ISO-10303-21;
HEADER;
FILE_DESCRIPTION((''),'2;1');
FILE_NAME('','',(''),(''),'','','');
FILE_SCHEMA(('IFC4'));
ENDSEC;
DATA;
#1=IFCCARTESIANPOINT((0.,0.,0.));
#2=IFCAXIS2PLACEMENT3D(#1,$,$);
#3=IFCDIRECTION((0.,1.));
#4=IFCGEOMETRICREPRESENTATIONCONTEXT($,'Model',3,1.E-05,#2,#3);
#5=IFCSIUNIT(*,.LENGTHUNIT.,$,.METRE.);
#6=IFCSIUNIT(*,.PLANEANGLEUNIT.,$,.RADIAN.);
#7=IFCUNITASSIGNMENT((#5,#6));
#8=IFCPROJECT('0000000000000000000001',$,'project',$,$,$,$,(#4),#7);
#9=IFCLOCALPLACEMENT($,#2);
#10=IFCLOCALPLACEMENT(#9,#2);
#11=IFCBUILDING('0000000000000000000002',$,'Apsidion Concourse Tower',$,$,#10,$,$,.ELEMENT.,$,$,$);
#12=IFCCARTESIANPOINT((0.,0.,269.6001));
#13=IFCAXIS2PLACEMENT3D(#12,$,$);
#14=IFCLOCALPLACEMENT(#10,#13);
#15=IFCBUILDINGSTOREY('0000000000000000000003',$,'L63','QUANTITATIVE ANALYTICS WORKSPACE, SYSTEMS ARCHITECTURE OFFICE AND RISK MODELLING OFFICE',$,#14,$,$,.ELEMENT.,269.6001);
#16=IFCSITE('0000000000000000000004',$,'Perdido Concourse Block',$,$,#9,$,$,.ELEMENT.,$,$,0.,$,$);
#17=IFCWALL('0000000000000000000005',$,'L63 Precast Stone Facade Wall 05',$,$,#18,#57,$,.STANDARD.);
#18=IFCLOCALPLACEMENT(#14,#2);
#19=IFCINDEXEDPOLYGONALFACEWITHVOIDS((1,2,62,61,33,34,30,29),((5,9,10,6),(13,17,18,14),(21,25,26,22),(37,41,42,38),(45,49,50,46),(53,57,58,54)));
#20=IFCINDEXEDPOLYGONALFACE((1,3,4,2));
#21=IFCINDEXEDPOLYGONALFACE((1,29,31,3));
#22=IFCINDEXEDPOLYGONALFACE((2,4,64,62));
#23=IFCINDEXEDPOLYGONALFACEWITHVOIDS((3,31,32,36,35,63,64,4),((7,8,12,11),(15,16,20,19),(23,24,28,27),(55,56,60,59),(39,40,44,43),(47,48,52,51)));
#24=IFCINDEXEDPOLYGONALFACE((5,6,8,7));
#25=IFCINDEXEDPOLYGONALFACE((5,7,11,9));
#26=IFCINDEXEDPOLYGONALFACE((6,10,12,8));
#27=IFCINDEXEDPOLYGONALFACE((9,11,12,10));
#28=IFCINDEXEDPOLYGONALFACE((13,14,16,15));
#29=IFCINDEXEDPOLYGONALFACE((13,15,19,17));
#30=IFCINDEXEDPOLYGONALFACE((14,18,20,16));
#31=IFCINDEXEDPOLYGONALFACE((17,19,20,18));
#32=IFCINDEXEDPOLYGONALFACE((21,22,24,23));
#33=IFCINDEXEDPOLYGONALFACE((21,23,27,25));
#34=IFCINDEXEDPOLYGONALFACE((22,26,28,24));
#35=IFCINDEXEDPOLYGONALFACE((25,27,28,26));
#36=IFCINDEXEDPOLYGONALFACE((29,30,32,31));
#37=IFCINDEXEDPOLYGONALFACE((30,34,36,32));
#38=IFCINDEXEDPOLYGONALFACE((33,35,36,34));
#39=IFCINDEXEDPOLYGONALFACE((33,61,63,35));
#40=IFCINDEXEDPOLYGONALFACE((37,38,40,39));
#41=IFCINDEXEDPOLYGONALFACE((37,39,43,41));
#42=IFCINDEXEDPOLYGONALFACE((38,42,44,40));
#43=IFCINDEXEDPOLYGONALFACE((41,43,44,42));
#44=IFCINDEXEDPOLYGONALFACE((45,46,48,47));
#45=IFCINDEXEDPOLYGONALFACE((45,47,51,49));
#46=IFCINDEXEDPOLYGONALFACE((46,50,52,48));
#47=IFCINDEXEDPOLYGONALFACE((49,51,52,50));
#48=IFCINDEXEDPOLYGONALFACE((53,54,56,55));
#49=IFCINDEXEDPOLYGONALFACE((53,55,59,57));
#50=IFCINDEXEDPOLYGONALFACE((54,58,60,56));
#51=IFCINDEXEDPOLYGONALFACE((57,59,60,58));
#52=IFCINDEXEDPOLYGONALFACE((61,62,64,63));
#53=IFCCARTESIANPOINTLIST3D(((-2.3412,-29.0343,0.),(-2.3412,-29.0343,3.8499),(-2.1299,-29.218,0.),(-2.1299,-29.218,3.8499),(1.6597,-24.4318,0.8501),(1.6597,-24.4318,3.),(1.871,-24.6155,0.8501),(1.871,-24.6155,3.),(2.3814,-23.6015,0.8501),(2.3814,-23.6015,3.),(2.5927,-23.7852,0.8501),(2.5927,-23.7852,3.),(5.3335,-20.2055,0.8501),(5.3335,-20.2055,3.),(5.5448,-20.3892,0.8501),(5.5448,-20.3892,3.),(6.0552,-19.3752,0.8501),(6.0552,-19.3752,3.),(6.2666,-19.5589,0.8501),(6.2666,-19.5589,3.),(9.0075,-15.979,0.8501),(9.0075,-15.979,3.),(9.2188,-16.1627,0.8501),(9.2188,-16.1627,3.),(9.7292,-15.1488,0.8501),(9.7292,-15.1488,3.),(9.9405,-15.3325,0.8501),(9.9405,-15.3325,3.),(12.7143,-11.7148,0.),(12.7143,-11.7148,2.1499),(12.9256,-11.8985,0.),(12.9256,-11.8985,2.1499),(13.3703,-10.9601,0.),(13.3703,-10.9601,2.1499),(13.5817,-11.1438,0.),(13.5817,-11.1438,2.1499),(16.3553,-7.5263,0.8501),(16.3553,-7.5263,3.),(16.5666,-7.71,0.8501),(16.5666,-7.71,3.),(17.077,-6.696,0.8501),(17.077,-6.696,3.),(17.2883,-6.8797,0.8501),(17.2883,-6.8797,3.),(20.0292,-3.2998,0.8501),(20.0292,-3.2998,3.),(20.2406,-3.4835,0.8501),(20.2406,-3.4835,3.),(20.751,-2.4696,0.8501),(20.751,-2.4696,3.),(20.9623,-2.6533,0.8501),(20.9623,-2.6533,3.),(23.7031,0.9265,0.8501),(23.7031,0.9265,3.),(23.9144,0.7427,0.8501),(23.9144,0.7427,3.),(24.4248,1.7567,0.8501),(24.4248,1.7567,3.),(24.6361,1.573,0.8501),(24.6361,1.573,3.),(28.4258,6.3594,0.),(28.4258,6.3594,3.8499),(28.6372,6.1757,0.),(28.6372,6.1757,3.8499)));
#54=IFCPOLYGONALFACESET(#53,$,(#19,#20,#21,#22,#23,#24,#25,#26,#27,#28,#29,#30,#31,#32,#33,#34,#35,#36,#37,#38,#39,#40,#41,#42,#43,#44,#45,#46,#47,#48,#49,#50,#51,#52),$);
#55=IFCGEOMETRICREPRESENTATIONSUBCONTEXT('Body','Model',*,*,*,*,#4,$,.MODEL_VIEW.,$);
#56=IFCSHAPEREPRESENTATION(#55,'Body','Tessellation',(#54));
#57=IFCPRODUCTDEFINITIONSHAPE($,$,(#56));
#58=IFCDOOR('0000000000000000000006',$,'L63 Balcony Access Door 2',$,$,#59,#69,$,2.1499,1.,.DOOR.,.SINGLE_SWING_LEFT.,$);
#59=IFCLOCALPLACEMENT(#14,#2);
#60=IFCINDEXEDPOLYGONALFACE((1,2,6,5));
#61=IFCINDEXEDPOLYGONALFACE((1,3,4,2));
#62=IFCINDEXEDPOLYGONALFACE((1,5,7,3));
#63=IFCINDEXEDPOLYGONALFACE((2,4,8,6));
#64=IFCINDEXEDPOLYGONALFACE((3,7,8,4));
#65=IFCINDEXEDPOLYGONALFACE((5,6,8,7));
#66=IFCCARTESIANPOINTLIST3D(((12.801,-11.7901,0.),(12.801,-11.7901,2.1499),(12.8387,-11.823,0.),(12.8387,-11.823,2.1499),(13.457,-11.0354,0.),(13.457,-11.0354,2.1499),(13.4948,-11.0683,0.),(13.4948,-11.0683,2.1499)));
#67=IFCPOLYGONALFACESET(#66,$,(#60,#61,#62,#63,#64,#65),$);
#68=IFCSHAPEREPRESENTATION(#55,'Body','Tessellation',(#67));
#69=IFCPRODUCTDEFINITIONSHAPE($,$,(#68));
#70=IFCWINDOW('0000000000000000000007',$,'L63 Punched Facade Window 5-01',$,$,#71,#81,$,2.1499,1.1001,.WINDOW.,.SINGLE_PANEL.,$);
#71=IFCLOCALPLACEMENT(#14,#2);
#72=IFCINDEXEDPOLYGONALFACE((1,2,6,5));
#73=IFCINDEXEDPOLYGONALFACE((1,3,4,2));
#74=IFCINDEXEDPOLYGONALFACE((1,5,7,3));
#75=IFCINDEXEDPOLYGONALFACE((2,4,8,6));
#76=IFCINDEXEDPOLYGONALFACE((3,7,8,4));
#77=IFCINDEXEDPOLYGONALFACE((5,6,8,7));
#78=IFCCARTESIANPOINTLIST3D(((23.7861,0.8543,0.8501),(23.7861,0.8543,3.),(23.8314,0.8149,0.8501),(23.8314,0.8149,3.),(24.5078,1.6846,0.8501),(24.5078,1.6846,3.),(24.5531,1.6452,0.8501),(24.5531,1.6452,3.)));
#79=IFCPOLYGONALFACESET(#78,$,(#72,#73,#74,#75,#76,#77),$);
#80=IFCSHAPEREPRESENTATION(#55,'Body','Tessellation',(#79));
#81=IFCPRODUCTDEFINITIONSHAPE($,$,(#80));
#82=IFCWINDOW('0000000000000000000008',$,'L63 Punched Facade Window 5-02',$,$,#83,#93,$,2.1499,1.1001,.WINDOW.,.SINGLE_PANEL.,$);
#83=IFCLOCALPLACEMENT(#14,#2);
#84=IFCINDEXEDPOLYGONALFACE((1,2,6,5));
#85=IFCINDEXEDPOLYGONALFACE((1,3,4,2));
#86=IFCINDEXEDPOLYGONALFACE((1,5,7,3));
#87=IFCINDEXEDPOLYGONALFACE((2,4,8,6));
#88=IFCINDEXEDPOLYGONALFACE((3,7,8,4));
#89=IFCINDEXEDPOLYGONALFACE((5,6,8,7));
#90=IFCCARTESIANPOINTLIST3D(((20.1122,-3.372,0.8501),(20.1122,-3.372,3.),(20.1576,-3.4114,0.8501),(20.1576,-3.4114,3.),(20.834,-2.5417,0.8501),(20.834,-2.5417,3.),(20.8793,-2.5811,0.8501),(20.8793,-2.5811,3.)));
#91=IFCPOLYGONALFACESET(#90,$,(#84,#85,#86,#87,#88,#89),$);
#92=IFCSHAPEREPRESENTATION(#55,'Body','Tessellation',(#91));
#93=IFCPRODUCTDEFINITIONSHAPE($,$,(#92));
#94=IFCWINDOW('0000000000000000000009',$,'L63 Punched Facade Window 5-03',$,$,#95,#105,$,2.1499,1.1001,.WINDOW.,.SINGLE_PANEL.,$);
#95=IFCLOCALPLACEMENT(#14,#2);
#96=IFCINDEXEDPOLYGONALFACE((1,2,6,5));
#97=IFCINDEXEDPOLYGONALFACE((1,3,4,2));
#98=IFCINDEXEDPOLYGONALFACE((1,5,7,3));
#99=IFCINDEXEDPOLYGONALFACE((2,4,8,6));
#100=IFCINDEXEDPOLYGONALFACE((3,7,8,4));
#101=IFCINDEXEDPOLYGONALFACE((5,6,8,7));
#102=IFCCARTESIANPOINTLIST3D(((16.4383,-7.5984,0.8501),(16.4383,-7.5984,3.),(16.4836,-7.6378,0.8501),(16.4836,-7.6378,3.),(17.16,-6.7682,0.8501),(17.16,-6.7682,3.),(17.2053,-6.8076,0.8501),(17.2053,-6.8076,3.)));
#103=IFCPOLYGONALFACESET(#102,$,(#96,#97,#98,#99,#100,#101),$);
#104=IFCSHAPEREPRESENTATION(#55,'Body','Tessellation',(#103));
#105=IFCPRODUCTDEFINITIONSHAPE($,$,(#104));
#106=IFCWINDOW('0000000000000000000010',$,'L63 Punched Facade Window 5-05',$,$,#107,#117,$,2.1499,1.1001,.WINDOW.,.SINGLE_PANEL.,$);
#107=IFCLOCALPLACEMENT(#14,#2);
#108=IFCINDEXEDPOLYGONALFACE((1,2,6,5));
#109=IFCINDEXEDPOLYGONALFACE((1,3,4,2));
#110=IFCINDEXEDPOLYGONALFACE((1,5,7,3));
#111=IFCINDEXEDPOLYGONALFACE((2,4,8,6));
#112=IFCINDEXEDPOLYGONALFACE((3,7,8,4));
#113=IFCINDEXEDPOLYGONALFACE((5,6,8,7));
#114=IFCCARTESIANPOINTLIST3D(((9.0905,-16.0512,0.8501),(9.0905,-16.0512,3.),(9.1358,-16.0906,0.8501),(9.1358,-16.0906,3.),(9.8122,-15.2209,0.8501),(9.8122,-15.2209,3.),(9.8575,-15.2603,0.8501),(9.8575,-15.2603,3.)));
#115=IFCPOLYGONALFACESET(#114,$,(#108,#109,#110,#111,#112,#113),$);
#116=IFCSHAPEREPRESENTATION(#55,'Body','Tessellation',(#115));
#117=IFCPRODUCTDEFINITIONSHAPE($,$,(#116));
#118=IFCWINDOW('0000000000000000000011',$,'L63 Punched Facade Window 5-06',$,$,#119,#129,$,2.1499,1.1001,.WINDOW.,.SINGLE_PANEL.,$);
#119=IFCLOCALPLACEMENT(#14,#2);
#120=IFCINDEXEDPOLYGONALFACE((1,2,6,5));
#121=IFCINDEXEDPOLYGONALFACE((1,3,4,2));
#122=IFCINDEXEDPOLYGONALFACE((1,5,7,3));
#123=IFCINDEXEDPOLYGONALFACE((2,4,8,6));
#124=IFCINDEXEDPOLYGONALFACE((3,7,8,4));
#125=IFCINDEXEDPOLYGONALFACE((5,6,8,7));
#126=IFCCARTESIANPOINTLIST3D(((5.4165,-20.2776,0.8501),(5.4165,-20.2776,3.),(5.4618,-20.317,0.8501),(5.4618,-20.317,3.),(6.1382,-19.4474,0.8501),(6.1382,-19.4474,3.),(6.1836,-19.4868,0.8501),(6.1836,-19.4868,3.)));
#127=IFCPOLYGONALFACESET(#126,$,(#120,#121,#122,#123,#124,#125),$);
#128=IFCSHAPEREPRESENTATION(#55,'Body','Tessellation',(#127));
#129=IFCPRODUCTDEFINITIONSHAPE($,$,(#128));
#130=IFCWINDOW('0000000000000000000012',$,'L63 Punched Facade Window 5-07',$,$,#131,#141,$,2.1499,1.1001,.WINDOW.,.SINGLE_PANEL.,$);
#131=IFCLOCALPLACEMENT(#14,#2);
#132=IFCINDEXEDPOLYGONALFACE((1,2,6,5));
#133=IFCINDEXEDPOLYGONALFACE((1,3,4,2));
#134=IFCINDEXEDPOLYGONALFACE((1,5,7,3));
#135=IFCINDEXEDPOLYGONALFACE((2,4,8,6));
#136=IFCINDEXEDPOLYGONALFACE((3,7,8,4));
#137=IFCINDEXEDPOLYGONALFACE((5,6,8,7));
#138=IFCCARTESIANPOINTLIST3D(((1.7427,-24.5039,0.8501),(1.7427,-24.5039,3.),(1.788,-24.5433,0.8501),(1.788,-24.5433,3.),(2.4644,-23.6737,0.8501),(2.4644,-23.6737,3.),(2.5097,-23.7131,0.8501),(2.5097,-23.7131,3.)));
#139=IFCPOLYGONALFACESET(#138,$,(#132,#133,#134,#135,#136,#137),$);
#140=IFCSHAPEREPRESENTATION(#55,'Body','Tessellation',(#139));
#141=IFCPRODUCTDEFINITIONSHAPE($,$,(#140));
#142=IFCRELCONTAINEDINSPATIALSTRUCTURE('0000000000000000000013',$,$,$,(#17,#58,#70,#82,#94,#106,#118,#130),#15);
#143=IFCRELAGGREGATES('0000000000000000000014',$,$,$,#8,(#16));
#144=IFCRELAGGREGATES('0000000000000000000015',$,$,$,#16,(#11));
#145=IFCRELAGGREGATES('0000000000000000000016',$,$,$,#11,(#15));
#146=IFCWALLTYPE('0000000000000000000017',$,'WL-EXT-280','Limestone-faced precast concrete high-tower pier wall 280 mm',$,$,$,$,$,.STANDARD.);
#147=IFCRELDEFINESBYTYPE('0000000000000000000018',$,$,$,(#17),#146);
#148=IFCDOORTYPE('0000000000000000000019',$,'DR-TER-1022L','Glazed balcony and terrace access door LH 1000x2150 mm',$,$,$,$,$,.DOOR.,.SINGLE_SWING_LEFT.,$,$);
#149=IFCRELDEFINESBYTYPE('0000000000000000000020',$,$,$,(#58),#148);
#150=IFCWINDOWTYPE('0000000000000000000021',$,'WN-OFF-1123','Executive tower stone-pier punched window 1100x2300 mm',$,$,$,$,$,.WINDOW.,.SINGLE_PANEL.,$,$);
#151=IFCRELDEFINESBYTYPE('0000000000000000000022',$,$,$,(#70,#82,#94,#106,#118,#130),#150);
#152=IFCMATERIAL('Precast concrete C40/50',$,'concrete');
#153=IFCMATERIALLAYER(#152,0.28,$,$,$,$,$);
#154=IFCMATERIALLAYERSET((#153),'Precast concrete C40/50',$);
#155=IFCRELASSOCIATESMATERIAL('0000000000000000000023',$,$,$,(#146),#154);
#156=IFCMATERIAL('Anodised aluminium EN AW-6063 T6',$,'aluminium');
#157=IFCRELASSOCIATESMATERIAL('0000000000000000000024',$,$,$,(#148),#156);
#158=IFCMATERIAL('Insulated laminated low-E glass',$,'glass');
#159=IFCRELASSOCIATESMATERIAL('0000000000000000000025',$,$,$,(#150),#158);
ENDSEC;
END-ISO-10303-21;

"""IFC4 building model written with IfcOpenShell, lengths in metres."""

from ifc_helpers import new_model, si_unit, direction, frame, frame_2d, origin, place, context, subcontext, project, spatial, rectangle, extrude, material, layer, layer_set, type_object, element, fill, save


model = new_model("IFC4")

# Units and contexts
model_context = context("Model", 3, precision=1e-05, world=origin(), true_north=direction((0.0, 1.0)))
body_context = subcontext(model_context, "Body", "Model", "MODEL_VIEW")
ifc_project = project(units=[si_unit("LENGTHUNIT", "METRE"), si_unit("PLANEANGLEUNIT", "RADIAN")], contexts=[model_context])

# Site, building, storey
site_placement = place(None, origin())
site = spatial("IfcSite", under=ifc_project, at=site_placement, Name="Perdido Concourse Block", CompositionType="ELEMENT", RefElevation=0.0)
building_placement = place(site_placement, origin())
building = spatial("IfcBuilding", under=site, at=building_placement, Name="Apsidion Concourse Tower", CompositionType="ELEMENT")
storey_placement = place(building_placement, frame((0.0, 0.0, 269.6001)))
storey = spatial("IfcBuildingStorey", under=building, at=storey_placement, Name="L63", Description="QUANTITATIVE ANALYTICS WORKSPACE, SYSTEMS ARCHITECTURE OFFICE AND RISK MODELLING OFFICE", CompositionType="ELEMENT", Elevation=269.6001)

# Shared definitions
ifc_material_1 = material(Name="Precast concrete C40/50", Category="concrete")
ifc_layer_1 = layer(ifc_material_1, 0.28)
ifc_layer_set_1 = layer_set([ifc_layer_1], Name="Precast concrete C40/50")
wall_type_1 = type_object("IfcWallType", Name="WL-EXT-280", Description="Limestone-faced precast concrete high-tower pier wall 280 mm", PredefinedType="STANDARD", material=ifc_layer_set_1)

# Wall, openings, door, windows
wall_1_placement = place(storey_placement, frame((28.5315, 6.2676, 0.0), z_axis=(0.0, 0.0, 1.0), x_axis=(-0.656056, -0.754712, 0.0)))
wall_1 = element("IfcWall", 1, at=wall_1_placement, inside=storey, type_object=wall_type_1, Name="L63 Precast Stone Facade Wall 05", PredefinedType="STANDARD", context=body_context, shape_type="SweptSolid", body=[
    extrude(rectangle(XDim=46.897, YDim=0.28, at=frame_2d((23.4485, 0.0))), origin(), (0.0, 0.0, 1.0), 3.8499),
])
opening_1_placement = place(wall_1_placement, frame((22.9485, 0.0, 0.0)))
opening_1 = element("IfcOpeningElement", 2, at=opening_1_placement, cuts=wall_1, PredefinedType="OPENING", context=body_context, shape_type="SweptSolid", body=[
    extrude(rectangle(XDim=1.0, YDim=2.1499, at=frame_2d((0.5, 1.075))), frame((0.0, 0.1499, 0.0), z_axis=(0.0, -1.0, 0.0), x_axis=(1.0, 0.0, 0.0)), (0.0, 0.0, 1.0), 0.3),
])
opening_2_placement = place(wall_1_placement, frame((6.0986, 0.0, 0.8501)))
opening_2 = element("IfcOpeningElement", 3, at=opening_2_placement, cuts=wall_1, PredefinedType="OPENING", context=body_context, shape_type="SweptSolid", body=[
    extrude(rectangle(XDim=1.1001, YDim=2.1499, at=frame_2d((0.55, 1.075))), frame((0.0, 0.1499, 0.0), z_axis=(0.0, -1.0, 0.0), x_axis=(1.0, 0.0, 0.0)), (0.0, 0.0, 1.0), 0.3),
])
opening_3_placement = place(wall_1_placement, frame((11.6985, 0.0, 0.8501)))
opening_3 = element("IfcOpeningElement", 4, at=opening_3_placement, cuts=wall_1, PredefinedType="OPENING", context=body_context, shape_type="SweptSolid", body=[
    extrude(rectangle(XDim=1.1001, YDim=2.1499, at=frame_2d((0.55, 1.075))), frame((0.0, 0.1499, 0.0), z_axis=(0.0, -1.0, 0.0), x_axis=(1.0, 0.0, 0.0)), (0.0, 0.0, 1.0), 0.3),
])
opening_4_placement = place(wall_1_placement, frame((17.2986, 0.0, 0.8501)))
opening_4 = element("IfcOpeningElement", 5, at=opening_4_placement, cuts=wall_1, PredefinedType="OPENING", context=body_context, shape_type="SweptSolid", body=[
    extrude(rectangle(XDim=1.1001, YDim=2.1499, at=frame_2d((0.55, 1.075))), frame((0.0, 0.1499, 0.0), z_axis=(0.0, -1.0, 0.0), x_axis=(1.0, 0.0, 0.0)), (0.0, 0.0, 1.0), 0.3),
])
opening_5_placement = place(wall_1_placement, frame((28.4985, 0.0, 0.8501)))
opening_5 = element("IfcOpeningElement", 6, at=opening_5_placement, cuts=wall_1, PredefinedType="OPENING", context=body_context, shape_type="SweptSolid", body=[
    extrude(rectangle(XDim=1.1001, YDim=2.1499, at=frame_2d((0.55, 1.075))), frame((0.0, 0.1499, 0.0), z_axis=(0.0, -1.0, 0.0), x_axis=(1.0, 0.0, 0.0)), (0.0, 0.0, 1.0), 0.3),
])
opening_6_placement = place(wall_1_placement, frame((34.0986, 0.0, 0.8501)))
opening_6 = element("IfcOpeningElement", 7, at=opening_6_placement, cuts=wall_1, PredefinedType="OPENING", context=body_context, shape_type="SweptSolid", body=[
    extrude(rectangle(XDim=1.1001, YDim=2.1499, at=frame_2d((0.55, 1.075))), frame((0.0, 0.1499, 0.0), z_axis=(0.0, -1.0, 0.0), x_axis=(1.0, 0.0, 0.0)), (0.0, 0.0, 1.0), 0.3),
])
opening_7_placement = place(wall_1_placement, frame((39.6985, 0.0, 0.8501)))
opening_7 = element("IfcOpeningElement", 8, at=opening_7_placement, cuts=wall_1, PredefinedType="OPENING", context=body_context, shape_type="SweptSolid", body=[
    extrude(rectangle(XDim=1.1001, YDim=2.1499, at=frame_2d((0.55, 1.075))), frame((0.0, 0.1499, 0.0), z_axis=(0.0, -1.0, 0.0), x_axis=(1.0, 0.0, 0.0)), (0.0, 0.0, 1.0), 0.3),
])
ifc_material_2 = material(Name="Anodised aluminium EN AW-6063 T6", Category="aluminium")
door_type_1 = type_object("IfcDoorType", Name="DR-TER-1022L", Description="Glazed balcony and terrace access door LH 1000x2150 mm", OperationType="SINGLE_SWING_LEFT", PredefinedType="DOOR", material=ifc_material_2)
door_1_placement = place(opening_1_placement, origin())
door_1 = element("IfcDoor", 9, at=door_1_placement, inside=storey, type_object=door_type_1, Name="L63 Balcony Access Door 2", OperationType="SINGLE_SWING_LEFT", OverallHeight=2.1499, OverallWidth=1.0, PredefinedType="DOOR", context=body_context, shape_type="SweptSolid", body=[
    extrude(rectangle(XDim=1.0, YDim=2.1499, at=frame_2d((0.5, 1.075))), frame((0.0, 0.0249, 0.0), z_axis=(0.0, -1.0, 0.0), x_axis=(1.0, 0.0, 0.0)), (0.0, 0.0, 1.0), 0.05),
])
fill(opening_1, door_1)
ifc_material_3 = material(Name="Insulated laminated low-E glass", Category="glass")
window_type = type_object("IfcWindowType", Name="WN-OFF-1123", Description="Executive tower stone-pier punched window 1100x2300 mm", PartitioningType="SINGLE_PANEL", PredefinedType="WINDOW", material=ifc_material_3)
window_1_placement = place(opening_2_placement, origin())
window_1 = element("IfcWindow", 10, at=window_1_placement, inside=storey, type_object=window_type, Name="L63 Punched Facade Window 5-01", OverallHeight=2.1499, OverallWidth=1.1001, PartitioningType="SINGLE_PANEL", PredefinedType="WINDOW", context=body_context, shape_type="SweptSolid", body=[
    extrude(rectangle(XDim=1.1001, YDim=2.1499, at=frame_2d((0.55, 1.075))), frame((0.0, 0.03, 0.0), z_axis=(0.0, -1.0, 0.0), x_axis=(1.0, 0.0, 0.0)), (0.0, 0.0, 1.0), 0.0601),
])
fill(opening_2, window_1)
window_2_placement = place(opening_3_placement, origin())
window_2 = element("IfcWindow", 11, at=window_2_placement, inside=storey, type_object=window_type, Name="L63 Punched Facade Window 5-02", OverallHeight=2.1499, OverallWidth=1.1001, PartitioningType="SINGLE_PANEL", PredefinedType="WINDOW", context=body_context, shape_type="SweptSolid", body=[
    extrude(rectangle(XDim=1.1001, YDim=2.1499, at=frame_2d((0.55, 1.075))), frame((0.0, 0.03, 0.0), z_axis=(0.0, -1.0, 0.0), x_axis=(1.0, 0.0, 0.0)), (0.0, 0.0, 1.0), 0.0601),
])
fill(opening_3, window_2)
window_3_placement = place(opening_4_placement, origin())
window_3 = element("IfcWindow", 12, at=window_3_placement, inside=storey, type_object=window_type, Name="L63 Punched Facade Window 5-03", OverallHeight=2.1499, OverallWidth=1.1001, PartitioningType="SINGLE_PANEL", PredefinedType="WINDOW", context=body_context, shape_type="SweptSolid", body=[
    extrude(rectangle(XDim=1.1001, YDim=2.1499, at=frame_2d((0.55, 1.075))), frame((0.0, 0.03, 0.0), z_axis=(0.0, -1.0, 0.0), x_axis=(1.0, 0.0, 0.0)), (0.0, 0.0, 1.0), 0.0601),
])
fill(opening_4, window_3)
window_4_placement = place(opening_5_placement, origin())
window_4 = element("IfcWindow", 13, at=window_4_placement, inside=storey, type_object=window_type, Name="L63 Punched Facade Window 5-05", OverallHeight=2.1499, OverallWidth=1.1001, PartitioningType="SINGLE_PANEL", PredefinedType="WINDOW", context=body_context, shape_type="SweptSolid", body=[
    extrude(rectangle(XDim=1.1001, YDim=2.1499, at=frame_2d((0.55, 1.075))), frame((0.0, 0.03, 0.0), z_axis=(0.0, -1.0, 0.0), x_axis=(1.0, 0.0, 0.0)), (0.0, 0.0, 1.0), 0.0601),
])
fill(opening_5, window_4)
window_5_placement = place(opening_6_placement, origin())
window_5 = element("IfcWindow", 14, at=window_5_placement, inside=storey, type_object=window_type, Name="L63 Punched Facade Window 5-06", OverallHeight=2.1499, OverallWidth=1.1001, PartitioningType="SINGLE_PANEL", PredefinedType="WINDOW", context=body_context, shape_type="SweptSolid", body=[
    extrude(rectangle(XDim=1.1001, YDim=2.1499, at=frame_2d((0.55, 1.075))), frame((0.0, 0.03, 0.0), z_axis=(0.0, -1.0, 0.0), x_axis=(1.0, 0.0, 0.0)), (0.0, 0.0, 1.0), 0.0601),
])
fill(opening_6, window_5)
window_6_placement = place(opening_7_placement, origin())
window_6 = element("IfcWindow", 15, at=window_6_placement, inside=storey, type_object=window_type, Name="L63 Punched Facade Window 5-07", OverallHeight=2.1499, OverallWidth=1.1001, PartitioningType="SINGLE_PANEL", PredefinedType="WINDOW", context=body_context, shape_type="SweptSolid", body=[
    extrude(rectangle(XDim=1.1001, YDim=2.1499, at=frame_2d((0.55, 1.075))), frame((0.0, 0.03, 0.0), z_axis=(0.0, -1.0, 0.0), x_axis=(1.0, 0.0, 0.0)), (0.0, 0.0, 1.0), 0.0601),
])
fill(opening_7, window_6)

save(model, "model.ifc")
